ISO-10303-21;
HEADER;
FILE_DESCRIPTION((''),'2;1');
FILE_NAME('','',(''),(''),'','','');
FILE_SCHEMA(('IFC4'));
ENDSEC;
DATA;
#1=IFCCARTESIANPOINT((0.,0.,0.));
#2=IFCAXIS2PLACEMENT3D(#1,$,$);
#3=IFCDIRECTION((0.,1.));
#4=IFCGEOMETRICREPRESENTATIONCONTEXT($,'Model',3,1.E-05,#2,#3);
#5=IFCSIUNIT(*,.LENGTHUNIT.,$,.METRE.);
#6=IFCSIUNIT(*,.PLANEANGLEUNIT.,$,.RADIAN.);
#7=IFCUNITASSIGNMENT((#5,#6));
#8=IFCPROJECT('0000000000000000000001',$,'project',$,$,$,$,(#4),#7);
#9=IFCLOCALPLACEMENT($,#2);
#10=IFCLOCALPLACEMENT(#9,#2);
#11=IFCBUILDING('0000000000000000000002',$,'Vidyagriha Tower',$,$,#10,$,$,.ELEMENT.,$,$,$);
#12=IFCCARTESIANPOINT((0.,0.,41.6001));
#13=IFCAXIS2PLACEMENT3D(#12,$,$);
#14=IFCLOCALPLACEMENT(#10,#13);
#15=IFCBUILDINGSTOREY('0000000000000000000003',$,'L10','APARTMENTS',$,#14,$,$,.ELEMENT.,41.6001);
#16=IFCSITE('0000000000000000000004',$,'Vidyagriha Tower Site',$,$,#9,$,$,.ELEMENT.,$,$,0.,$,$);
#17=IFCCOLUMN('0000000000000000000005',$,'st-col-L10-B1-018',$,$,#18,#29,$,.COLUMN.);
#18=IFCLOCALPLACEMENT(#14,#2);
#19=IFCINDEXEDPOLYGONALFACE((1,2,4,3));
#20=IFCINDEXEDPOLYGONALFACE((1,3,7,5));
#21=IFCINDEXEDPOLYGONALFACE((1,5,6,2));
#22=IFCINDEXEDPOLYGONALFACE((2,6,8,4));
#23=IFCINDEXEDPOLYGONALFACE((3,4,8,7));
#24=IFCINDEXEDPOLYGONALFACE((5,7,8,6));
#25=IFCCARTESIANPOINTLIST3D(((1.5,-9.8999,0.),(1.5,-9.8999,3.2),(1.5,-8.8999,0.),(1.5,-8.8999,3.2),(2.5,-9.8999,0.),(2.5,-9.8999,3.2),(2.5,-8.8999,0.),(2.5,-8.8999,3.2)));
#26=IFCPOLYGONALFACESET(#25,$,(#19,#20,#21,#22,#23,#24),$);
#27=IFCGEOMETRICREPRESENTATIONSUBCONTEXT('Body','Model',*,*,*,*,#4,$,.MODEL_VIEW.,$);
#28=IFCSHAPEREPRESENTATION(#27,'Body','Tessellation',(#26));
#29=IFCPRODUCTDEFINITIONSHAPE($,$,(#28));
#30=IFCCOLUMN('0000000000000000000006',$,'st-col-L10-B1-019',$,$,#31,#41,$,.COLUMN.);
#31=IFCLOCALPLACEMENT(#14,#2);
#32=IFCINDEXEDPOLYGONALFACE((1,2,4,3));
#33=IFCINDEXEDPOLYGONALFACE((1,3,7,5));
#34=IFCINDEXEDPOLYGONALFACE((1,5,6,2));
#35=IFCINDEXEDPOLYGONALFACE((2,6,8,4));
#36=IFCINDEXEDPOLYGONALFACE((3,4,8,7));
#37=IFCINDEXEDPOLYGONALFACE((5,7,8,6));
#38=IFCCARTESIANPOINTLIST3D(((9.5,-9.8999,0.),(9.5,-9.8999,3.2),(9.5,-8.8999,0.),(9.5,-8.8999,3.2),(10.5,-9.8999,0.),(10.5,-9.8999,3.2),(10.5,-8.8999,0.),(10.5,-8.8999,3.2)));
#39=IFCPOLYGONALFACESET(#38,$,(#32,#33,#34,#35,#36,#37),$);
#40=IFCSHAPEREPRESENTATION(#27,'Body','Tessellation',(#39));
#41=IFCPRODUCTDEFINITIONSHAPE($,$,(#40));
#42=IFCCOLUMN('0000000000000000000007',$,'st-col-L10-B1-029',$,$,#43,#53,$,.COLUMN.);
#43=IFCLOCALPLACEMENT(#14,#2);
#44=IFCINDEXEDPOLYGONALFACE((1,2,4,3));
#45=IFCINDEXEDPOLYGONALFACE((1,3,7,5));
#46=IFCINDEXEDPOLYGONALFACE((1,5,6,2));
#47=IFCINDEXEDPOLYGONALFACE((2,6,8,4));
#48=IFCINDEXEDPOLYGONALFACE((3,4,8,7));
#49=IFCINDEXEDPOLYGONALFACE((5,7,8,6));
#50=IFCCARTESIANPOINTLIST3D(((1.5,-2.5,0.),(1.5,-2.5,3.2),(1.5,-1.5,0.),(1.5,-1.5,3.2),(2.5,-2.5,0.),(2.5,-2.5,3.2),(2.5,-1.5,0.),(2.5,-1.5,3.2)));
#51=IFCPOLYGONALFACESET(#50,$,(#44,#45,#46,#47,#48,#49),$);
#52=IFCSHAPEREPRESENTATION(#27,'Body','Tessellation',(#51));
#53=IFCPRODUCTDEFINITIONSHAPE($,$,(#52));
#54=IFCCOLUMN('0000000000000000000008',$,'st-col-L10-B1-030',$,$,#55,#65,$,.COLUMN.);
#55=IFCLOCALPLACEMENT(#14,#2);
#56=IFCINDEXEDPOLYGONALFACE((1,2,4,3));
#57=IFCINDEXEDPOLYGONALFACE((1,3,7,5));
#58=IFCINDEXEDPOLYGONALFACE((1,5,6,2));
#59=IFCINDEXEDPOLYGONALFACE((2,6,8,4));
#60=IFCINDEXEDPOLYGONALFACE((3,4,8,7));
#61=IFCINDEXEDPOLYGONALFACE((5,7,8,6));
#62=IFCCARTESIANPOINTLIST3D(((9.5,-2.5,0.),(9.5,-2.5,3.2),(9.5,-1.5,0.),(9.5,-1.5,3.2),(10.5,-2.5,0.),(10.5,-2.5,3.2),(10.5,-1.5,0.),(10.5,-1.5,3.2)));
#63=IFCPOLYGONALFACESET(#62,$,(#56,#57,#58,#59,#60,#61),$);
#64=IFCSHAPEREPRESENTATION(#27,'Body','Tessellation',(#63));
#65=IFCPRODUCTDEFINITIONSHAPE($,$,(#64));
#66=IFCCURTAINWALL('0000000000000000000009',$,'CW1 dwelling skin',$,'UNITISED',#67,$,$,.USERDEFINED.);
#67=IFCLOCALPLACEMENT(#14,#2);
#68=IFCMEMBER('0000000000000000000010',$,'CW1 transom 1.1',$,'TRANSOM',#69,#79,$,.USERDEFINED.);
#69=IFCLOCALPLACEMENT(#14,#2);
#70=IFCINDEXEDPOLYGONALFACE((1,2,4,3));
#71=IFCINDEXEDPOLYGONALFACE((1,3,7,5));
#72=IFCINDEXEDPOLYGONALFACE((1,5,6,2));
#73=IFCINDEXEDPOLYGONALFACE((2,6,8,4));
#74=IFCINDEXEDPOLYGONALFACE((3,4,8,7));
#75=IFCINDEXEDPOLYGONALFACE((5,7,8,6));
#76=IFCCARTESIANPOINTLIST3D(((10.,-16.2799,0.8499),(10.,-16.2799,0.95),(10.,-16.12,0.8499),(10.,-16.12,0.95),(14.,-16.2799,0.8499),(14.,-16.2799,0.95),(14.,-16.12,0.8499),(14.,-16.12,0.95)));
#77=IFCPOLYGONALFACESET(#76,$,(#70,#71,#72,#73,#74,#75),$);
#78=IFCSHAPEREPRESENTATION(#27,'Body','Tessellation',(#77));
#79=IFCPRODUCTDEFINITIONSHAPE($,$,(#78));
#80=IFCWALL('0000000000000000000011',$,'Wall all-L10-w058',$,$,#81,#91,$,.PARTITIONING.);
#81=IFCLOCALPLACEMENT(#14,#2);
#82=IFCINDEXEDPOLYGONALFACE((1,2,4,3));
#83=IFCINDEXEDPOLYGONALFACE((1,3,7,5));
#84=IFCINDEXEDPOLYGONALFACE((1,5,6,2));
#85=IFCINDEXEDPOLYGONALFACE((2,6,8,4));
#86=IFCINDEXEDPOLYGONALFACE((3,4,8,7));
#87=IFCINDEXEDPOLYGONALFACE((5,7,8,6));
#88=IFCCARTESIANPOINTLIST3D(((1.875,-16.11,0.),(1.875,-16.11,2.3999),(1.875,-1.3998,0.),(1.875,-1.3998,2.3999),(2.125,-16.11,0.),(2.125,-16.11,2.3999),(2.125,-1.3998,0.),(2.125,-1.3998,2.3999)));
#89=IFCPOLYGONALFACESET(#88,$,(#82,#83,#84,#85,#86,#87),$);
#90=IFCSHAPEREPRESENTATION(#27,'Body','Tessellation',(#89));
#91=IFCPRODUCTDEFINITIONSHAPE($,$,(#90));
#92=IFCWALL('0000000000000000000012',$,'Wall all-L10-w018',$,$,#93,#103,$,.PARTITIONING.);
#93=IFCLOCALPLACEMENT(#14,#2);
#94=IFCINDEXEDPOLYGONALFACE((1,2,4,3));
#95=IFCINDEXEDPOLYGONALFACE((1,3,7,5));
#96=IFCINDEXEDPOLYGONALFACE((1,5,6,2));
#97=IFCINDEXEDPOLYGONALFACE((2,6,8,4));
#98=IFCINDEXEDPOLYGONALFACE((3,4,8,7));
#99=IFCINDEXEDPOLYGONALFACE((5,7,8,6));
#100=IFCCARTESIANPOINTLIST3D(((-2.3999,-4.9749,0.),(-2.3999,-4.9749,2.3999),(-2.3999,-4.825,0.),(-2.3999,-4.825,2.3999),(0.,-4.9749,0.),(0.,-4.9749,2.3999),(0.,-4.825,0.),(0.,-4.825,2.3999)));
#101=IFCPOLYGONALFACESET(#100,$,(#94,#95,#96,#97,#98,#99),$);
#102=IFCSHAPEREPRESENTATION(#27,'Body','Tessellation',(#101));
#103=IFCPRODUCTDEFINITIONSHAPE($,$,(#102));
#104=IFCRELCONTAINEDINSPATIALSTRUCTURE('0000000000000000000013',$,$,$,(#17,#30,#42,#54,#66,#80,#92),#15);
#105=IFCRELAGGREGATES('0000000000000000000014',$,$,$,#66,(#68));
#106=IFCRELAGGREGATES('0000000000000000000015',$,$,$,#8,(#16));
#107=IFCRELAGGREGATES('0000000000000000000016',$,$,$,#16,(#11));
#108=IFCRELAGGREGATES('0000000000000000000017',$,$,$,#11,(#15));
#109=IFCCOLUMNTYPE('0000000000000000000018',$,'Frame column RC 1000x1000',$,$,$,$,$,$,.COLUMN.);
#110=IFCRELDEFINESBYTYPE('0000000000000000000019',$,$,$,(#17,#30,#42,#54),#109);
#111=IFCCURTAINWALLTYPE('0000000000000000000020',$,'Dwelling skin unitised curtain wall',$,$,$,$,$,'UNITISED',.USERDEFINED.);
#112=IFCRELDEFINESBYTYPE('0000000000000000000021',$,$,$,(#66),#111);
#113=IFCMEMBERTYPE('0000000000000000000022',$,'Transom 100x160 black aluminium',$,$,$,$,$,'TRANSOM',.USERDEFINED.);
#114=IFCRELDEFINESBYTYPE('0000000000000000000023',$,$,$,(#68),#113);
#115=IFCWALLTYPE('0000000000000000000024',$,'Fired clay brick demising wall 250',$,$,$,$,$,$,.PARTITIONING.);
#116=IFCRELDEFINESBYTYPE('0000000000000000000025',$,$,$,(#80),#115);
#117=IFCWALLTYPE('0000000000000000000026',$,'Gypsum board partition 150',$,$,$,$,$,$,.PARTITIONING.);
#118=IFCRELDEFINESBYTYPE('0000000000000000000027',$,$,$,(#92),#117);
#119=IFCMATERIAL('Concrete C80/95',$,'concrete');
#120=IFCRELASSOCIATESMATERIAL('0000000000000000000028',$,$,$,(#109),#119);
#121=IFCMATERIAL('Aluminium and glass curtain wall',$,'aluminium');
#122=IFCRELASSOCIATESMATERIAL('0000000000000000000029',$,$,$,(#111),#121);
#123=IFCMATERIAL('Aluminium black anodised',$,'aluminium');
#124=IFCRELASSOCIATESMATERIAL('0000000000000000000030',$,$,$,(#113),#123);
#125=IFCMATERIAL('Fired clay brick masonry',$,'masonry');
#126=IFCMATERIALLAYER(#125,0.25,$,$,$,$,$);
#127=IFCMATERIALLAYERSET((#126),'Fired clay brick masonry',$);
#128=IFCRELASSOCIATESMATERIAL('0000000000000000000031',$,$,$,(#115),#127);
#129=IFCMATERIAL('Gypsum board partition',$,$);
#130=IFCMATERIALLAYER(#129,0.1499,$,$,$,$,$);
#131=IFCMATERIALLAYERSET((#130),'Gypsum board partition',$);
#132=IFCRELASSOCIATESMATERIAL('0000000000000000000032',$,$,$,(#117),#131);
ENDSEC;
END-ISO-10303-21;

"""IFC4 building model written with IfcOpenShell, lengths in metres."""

from ifc_helpers import new_model, si_unit, direction, frame, frame_2d, origin, origin_2d, place, context, subcontext, project, spatial, rectangle, extrude, material, layer, layer_set, material_profile, profile_set, type_object, element, aggregate, save


model = new_model("IFC4")

# Units and contexts
model_context = context("Model", 3, precision=1e-05, world=origin(), true_north=direction((0.0, 1.0)))
body_context = subcontext(model_context, "Body", "Model", "MODEL_VIEW")
ifc_project = project(units=[si_unit("LENGTHUNIT", "METRE"), si_unit("PLANEANGLEUNIT", "RADIAN")], contexts=[model_context])

# Site, building, storey
site_placement = place(None, origin())
site = spatial("IfcSite", under=ifc_project, at=site_placement, Name="Vidyagriha Tower Site", CompositionType="ELEMENT", RefElevation=0.0)
building_placement = place(site_placement, origin())
building = spatial("IfcBuilding", under=site, at=building_placement, Name="Vidyagriha Tower", CompositionType="ELEMENT")
storey_placement = place(building_placement, frame((0.0, 0.0, 41.6001)))
storey = spatial("IfcBuildingStorey", under=building, at=storey_placement, Name="L10", Description="APARTMENTS", CompositionType="ELEMENT", Elevation=41.6001)

# Columns
ifc_material_1 = material(Name="Concrete C80/95", Category="concrete")
ifc_material_profile_1 = material_profile(ifc_material_1, rectangle(XDim=1.0, YDim=1.0, at=origin_2d()), Name="RC 1000x1000")
ifc_profile_set_1 = profile_set([ifc_material_profile_1], Name="Concrete C80/95")
column_type = type_object("IfcColumnType", Name="Frame column RC 1000x1000", PredefinedType="COLUMN", material=ifc_profile_set_1)
for number, where, name in (
    (1, (2.0, -9.3999, 0.0), "st-col-L10-B1-018"),
    (2, (10.0, -9.3999, 0.0), "st-col-L10-B1-019"),
    (3, (2.0, -2.0, 0.0), "st-col-L10-B1-029"),
    (4, (10.0, -2.0, 0.0), "st-col-L10-B1-030"),
):
    element("IfcColumn", number, at=place(storey_placement, frame(where)), inside=storey, type_object=column_type, Name=name, PredefinedType="COLUMN", context=body_context, shape_type="SweptSolid", body=[
        extrude(rectangle(XDim=1.0, YDim=1.0, at=origin_2d()), origin(), (0.0, 0.0, 1.0), 3.2),
    ])

# Curtain wall, member
ifc_material_2 = material(Name="Aluminium and glass curtain wall", Category="aluminium")
curtain_wall_type = type_object("IfcCurtainWallType", Name="Dwelling skin unitised curtain wall", ElementType="UNITISED", PredefinedType="USERDEFINED", material=ifc_material_2)
curtain_wall_placement = place(storey_placement, origin())
curtain_wall = element("IfcCurtainWall", 5, at=curtain_wall_placement, inside=storey, type_object=curtain_wall_type, Name="CW1 dwelling skin", ObjectType="UNITISED", PredefinedType="USERDEFINED")
ifc_material_3 = material(Name="Aluminium black anodised", Category="aluminium")
ifc_material_profile_2 = material_profile(ifc_material_3, rectangle(XDim=0.1599, YDim=0.1001, at=origin_2d()), Name="Transom 100x160 black aluminium")
ifc_profile_set_2 = profile_set([ifc_material_profile_2], Name="Aluminium black anodised")
member_type = type_object("IfcMemberType", Name="Transom 100x160 black aluminium", ElementType="TRANSOM", PredefinedType="USERDEFINED", material=ifc_profile_set_2)
member_placement = place(storey_placement, frame((10.0, -16.2, 0.8999), z_axis=(1.0, 0.0, 0.0), x_axis=(0.0, 1.0, 0.0)))
member = element("IfcMember", 6, at=member_placement, type_object=member_type, Name="CW1 transom 1.1", ObjectType="TRANSOM", PredefinedType="USERDEFINED", context=body_context, shape_type="SweptSolid", body=[
    extrude(rectangle(XDim=0.1599, YDim=0.1001, at=origin_2d()), origin(), (0.0, 0.0, 1.0), 4.0),
])
aggregate(curtain_wall, [member])

# Walls
ifc_material_4 = material(Name="Fired clay brick masonry", Category="masonry")
ifc_layer_1 = layer(ifc_material_4, 0.25)
ifc_layer_set_1 = layer_set([ifc_layer_1], Name="Fired clay brick masonry")
wall_type_1 = type_object("IfcWallType", Name="Fired clay brick demising wall 250", PredefinedType="PARTITIONING", material=ifc_layer_set_1)
wall_1_placement = place(storey_placement, frame((2.0, -1.3999, 0.0), z_axis=(0.0, 0.0, 1.0), x_axis=(0.0, -1.0, 0.0)))
element("IfcWall", 7, at=wall_1_placement, inside=storey, type_object=wall_type_1, Name="Wall all-L10-w058", PredefinedType="PARTITIONING", context=body_context, shape_type="SweptSolid", body=[
    extrude(rectangle(XDim=14.7102, YDim=0.25, at=frame_2d((7.355, 0.0))), origin(), (0.0, 0.0, 1.0), 2.3999),
])
ifc_material_5 = material(Name="Gypsum board partition")
ifc_layer_2 = layer(ifc_material_5, 0.1499)
ifc_layer_set_2 = layer_set([ifc_layer_2], Name="Gypsum board partition")
wall_type_2 = type_object("IfcWallType", Name="Gypsum board partition 150", PredefinedType="PARTITIONING", material=ifc_layer_set_2)
wall_2_placement = place(storey_placement, frame((0.0, -4.8999, 0.0), z_axis=(0.0, 0.0, 1.0), x_axis=(-1.0, 0.0, 0.0)))
element("IfcWall", 8, at=wall_2_placement, inside=storey, type_object=wall_type_2, Name="Wall all-L10-w018", PredefinedType="PARTITIONING", context=body_context, shape_type="SweptSolid", body=[
    extrude(rectangle(XDim=2.3999, YDim=0.1499, at=frame_2d((1.2, 0.0))), origin(), (0.0, 0.0, 1.0), 2.3999),
])

save(model, "model.ifc")
